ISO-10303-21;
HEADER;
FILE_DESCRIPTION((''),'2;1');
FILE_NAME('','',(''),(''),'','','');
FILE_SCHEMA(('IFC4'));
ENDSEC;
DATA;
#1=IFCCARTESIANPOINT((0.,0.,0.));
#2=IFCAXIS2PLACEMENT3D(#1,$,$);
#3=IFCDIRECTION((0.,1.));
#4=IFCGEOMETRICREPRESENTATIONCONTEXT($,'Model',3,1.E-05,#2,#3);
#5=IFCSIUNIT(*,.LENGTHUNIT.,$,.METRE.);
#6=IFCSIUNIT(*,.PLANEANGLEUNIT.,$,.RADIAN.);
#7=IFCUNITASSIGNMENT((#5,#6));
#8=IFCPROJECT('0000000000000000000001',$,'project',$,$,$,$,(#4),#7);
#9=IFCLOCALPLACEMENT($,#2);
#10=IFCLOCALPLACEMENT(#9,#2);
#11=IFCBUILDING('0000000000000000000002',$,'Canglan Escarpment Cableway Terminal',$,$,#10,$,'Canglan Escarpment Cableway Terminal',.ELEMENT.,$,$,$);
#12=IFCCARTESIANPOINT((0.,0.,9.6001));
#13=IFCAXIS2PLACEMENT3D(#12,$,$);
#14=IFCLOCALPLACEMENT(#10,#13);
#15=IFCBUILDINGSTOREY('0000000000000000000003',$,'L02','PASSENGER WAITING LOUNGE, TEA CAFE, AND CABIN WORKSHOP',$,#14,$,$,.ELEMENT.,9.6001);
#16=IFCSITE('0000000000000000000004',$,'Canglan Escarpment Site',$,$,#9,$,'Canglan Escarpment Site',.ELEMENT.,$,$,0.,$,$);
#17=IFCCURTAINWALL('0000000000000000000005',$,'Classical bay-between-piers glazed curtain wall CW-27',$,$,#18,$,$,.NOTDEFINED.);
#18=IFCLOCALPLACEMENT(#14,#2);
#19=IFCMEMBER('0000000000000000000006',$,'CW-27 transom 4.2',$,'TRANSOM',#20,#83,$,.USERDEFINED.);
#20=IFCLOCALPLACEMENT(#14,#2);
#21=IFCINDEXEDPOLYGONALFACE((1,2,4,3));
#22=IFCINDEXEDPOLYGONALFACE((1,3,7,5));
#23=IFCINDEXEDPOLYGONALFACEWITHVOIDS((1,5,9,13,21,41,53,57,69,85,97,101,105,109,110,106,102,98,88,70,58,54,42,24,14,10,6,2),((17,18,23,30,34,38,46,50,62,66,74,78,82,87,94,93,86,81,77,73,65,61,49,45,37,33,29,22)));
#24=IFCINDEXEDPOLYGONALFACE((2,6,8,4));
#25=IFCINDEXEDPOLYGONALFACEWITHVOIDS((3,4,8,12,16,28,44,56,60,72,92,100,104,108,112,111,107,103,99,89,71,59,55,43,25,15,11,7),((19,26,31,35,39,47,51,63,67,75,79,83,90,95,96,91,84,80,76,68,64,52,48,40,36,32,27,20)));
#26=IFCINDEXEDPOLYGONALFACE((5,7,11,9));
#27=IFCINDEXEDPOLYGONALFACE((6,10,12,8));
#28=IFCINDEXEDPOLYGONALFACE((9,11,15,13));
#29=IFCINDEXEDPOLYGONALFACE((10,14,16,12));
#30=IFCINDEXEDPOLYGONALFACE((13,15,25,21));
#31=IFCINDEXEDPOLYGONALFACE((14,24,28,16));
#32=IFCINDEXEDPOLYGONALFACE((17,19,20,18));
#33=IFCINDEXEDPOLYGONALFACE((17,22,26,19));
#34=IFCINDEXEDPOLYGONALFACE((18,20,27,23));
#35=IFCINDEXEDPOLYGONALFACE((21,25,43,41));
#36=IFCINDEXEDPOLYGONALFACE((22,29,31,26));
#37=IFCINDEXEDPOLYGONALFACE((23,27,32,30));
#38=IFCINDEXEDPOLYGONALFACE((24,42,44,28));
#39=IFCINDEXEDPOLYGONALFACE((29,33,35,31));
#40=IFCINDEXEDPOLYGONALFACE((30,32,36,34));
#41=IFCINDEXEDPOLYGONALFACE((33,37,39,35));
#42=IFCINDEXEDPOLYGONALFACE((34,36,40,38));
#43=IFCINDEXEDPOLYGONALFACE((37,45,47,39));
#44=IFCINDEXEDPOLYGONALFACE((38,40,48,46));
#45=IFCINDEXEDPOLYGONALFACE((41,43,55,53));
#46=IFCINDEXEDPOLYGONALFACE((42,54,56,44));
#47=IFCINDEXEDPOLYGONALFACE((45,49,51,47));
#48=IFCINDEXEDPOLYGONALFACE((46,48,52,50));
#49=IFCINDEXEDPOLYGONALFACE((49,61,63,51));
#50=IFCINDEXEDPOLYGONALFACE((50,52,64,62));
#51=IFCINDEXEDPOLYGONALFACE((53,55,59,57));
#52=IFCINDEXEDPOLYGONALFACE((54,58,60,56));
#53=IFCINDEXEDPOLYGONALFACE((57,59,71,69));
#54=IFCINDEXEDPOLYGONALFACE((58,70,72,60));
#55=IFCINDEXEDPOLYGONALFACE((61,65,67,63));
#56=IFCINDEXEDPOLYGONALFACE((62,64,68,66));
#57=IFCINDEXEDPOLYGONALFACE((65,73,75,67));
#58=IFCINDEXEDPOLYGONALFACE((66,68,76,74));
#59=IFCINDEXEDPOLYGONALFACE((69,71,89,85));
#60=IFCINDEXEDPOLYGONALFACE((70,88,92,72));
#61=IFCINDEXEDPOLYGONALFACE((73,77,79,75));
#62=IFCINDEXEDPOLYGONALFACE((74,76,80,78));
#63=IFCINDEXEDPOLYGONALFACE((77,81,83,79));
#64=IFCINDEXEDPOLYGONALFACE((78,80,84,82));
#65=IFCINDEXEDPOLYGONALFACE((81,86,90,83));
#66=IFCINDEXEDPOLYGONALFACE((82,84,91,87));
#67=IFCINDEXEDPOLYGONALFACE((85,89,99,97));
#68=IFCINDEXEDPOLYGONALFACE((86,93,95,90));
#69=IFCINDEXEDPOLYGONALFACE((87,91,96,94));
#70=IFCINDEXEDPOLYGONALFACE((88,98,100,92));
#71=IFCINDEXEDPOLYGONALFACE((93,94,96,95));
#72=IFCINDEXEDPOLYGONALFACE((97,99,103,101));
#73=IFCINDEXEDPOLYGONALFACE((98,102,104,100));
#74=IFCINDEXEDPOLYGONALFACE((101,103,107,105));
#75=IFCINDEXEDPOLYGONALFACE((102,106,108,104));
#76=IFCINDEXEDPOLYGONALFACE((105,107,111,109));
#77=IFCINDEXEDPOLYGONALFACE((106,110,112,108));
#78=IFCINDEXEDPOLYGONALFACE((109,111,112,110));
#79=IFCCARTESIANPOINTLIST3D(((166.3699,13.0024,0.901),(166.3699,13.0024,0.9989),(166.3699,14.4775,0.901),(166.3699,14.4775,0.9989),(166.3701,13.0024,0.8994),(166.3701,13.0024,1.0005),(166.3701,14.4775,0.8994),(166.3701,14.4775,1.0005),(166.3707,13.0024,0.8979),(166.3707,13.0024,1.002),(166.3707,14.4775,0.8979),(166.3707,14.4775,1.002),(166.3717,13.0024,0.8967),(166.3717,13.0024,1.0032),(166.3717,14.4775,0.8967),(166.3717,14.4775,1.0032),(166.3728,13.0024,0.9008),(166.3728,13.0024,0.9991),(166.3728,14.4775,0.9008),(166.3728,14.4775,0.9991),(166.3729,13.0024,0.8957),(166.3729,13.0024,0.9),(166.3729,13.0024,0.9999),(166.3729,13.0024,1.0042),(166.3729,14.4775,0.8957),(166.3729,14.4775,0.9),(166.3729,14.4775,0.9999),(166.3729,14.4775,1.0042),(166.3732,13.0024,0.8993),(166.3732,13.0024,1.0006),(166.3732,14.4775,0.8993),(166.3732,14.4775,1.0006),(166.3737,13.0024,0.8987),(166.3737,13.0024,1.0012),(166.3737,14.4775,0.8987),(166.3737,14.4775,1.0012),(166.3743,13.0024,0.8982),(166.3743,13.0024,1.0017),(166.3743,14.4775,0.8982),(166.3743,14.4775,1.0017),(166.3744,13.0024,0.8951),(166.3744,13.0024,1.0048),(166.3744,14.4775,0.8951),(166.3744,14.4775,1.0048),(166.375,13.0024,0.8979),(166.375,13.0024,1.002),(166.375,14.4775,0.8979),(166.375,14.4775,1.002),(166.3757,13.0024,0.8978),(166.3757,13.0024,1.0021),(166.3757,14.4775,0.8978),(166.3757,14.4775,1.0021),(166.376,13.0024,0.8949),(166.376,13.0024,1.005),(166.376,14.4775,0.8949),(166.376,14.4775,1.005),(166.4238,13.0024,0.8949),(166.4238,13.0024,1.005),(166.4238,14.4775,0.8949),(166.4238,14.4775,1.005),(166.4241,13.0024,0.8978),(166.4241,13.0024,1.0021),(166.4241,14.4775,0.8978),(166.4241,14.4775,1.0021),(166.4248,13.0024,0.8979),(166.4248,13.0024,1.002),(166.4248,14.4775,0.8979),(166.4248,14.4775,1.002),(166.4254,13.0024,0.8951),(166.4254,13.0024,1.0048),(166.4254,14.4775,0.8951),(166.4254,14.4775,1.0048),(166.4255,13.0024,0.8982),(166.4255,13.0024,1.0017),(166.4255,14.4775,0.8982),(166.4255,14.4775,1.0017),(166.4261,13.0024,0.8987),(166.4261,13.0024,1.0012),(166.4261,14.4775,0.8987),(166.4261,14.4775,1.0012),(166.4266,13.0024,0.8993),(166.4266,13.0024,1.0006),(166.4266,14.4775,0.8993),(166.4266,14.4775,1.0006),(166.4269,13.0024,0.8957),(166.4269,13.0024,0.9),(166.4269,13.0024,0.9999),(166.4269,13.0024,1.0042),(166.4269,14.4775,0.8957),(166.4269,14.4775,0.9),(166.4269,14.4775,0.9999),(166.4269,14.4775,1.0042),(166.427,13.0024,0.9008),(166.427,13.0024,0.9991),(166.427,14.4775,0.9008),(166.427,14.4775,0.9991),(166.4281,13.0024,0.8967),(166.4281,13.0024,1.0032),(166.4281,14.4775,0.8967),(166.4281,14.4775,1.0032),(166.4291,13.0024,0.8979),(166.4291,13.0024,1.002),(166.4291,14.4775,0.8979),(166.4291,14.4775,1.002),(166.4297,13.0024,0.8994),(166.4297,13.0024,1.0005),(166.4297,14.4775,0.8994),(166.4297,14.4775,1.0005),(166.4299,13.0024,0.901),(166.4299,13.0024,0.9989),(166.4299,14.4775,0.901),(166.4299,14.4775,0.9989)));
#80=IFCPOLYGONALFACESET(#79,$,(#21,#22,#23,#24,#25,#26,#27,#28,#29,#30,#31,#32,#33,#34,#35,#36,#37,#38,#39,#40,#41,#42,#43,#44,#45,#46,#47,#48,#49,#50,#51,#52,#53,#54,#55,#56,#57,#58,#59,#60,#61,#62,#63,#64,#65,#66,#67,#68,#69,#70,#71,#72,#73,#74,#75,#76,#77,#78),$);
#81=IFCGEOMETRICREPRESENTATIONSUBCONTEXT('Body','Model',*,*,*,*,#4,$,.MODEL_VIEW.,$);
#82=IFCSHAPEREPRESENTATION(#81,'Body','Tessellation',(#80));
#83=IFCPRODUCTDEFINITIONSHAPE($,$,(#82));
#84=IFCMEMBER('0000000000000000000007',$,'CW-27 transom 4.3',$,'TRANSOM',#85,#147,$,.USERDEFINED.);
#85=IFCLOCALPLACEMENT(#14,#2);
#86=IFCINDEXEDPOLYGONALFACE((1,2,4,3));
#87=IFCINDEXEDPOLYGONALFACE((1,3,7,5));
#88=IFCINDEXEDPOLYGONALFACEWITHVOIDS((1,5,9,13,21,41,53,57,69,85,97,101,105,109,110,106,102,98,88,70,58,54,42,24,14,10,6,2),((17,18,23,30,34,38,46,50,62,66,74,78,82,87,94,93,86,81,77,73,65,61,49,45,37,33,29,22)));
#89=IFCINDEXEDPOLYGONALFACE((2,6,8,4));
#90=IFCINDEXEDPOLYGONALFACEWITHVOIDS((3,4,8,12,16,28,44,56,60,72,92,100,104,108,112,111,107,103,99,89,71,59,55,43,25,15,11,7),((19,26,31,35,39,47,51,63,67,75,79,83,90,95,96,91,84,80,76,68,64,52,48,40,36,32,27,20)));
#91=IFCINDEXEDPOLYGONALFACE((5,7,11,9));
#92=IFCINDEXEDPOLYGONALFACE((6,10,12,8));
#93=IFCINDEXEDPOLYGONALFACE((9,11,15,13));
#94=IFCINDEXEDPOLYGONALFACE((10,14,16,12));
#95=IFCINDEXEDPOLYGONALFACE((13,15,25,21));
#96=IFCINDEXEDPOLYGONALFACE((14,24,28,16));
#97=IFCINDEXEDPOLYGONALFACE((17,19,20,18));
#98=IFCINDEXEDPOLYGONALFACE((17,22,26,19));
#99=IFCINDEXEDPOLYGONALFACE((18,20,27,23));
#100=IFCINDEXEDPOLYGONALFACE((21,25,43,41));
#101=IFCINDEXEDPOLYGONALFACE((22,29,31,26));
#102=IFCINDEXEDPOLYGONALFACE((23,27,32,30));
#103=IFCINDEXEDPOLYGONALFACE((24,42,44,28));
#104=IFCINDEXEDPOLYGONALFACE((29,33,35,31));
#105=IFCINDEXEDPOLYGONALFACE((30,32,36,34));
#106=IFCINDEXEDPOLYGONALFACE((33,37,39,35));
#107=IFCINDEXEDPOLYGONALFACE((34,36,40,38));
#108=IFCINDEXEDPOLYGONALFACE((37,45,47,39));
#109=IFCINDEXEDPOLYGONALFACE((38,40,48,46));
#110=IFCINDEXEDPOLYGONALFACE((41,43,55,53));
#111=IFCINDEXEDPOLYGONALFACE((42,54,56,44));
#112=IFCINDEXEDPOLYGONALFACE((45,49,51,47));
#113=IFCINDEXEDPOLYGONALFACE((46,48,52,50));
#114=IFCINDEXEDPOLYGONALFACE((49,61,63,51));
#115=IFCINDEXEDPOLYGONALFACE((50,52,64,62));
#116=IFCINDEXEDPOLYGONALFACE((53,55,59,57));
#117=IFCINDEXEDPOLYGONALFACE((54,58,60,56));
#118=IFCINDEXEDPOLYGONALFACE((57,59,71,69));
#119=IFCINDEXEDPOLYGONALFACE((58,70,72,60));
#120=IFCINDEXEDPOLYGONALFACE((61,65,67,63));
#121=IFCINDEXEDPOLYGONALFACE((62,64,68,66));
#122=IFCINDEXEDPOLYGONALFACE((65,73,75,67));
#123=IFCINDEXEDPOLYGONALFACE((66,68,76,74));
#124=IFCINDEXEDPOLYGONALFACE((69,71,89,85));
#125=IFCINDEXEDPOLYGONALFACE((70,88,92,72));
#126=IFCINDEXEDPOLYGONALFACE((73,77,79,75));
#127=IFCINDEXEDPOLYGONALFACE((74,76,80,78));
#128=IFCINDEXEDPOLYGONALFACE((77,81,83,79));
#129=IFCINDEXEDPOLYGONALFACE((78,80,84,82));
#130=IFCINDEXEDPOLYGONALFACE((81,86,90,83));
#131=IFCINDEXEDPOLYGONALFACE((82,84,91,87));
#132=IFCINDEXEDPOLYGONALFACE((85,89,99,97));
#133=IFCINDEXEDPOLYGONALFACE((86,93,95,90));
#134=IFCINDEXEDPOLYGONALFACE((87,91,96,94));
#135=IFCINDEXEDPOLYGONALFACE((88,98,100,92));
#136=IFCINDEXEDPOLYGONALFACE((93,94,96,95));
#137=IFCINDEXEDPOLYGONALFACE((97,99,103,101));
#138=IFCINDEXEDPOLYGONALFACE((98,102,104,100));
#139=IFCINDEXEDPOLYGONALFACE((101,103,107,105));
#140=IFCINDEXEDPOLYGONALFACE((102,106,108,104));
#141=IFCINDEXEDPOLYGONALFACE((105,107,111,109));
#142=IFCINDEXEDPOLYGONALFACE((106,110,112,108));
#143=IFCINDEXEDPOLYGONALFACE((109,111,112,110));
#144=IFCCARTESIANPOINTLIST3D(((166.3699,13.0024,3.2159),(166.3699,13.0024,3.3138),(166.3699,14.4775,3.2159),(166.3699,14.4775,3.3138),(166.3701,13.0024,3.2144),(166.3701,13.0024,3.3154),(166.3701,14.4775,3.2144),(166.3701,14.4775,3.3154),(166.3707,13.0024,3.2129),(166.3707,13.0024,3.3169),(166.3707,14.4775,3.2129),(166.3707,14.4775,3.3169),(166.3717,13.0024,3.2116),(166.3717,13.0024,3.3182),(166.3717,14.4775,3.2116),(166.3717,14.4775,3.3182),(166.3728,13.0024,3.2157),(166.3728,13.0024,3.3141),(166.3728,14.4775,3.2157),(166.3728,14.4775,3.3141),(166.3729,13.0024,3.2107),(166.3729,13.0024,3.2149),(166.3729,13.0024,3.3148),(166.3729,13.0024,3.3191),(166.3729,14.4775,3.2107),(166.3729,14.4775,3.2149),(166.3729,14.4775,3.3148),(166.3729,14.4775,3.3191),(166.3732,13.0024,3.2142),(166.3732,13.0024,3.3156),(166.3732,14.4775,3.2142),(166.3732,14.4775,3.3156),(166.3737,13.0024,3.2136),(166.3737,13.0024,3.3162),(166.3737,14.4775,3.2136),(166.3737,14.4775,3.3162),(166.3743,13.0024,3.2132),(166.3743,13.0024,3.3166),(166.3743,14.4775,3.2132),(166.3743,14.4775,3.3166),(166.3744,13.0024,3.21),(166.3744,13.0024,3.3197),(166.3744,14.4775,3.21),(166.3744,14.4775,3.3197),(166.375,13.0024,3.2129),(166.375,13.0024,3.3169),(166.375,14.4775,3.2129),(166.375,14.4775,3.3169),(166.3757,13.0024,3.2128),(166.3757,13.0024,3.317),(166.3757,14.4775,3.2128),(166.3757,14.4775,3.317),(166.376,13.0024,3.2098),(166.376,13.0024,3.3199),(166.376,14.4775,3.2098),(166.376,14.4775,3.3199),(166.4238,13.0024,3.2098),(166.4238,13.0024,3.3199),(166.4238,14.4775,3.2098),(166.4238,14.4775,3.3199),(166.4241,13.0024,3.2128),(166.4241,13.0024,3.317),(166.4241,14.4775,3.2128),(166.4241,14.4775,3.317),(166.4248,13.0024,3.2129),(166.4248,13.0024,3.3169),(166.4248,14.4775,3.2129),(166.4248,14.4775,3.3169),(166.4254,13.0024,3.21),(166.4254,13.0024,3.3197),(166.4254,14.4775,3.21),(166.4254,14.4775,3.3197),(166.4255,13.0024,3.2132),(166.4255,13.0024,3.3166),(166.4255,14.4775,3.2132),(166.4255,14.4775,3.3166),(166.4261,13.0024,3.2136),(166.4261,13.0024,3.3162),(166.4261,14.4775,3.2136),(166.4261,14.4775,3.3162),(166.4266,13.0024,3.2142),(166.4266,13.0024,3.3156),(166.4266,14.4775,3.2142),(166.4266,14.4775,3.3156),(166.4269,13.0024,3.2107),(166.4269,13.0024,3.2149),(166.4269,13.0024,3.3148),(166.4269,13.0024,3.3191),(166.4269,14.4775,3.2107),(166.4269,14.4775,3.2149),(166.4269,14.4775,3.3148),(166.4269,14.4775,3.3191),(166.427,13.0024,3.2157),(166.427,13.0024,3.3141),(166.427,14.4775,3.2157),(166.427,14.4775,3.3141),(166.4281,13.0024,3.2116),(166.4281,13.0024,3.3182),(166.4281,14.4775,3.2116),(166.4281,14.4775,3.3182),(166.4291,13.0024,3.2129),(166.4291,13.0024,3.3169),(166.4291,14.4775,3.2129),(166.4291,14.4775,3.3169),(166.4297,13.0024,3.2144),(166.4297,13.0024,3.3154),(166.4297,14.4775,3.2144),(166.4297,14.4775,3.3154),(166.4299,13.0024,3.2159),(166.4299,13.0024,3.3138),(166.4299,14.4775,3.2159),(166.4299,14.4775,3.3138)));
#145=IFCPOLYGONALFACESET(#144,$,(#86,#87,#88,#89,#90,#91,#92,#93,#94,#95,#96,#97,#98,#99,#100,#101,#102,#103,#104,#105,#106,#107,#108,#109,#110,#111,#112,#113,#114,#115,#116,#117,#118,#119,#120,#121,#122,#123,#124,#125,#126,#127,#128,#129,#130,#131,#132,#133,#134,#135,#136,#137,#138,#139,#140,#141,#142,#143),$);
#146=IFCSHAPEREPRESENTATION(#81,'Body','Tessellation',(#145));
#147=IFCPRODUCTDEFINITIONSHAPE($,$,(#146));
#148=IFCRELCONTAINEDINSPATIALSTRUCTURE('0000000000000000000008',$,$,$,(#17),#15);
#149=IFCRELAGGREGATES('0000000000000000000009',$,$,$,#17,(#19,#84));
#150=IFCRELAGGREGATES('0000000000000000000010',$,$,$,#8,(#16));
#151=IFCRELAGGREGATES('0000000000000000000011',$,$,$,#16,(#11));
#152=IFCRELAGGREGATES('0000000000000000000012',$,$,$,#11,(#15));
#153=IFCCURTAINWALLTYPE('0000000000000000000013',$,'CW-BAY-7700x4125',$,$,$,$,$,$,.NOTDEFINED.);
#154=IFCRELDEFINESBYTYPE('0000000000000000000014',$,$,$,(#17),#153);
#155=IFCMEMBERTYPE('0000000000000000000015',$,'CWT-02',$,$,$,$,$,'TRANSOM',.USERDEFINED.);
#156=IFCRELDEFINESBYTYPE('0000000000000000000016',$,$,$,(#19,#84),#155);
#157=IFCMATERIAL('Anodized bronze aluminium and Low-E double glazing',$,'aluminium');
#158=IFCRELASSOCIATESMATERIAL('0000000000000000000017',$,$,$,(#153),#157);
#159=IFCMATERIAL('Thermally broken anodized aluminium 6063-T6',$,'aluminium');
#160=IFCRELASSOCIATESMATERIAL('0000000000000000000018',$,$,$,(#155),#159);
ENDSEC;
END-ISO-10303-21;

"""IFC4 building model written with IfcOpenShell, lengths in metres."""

from ifc_helpers import new_model, si_unit, direction, frame, origin, origin_2d, place, context, subcontext, project, spatial, hollow_rectangle, extrude, material, material_profile, profile_set, type_object, element, aggregate, save


model = new_model("IFC4")

# Units and contexts
model_context = context("Model", 3, precision=1e-05, world=origin(), true_north=direction((0.0, 1.0)))
body_context = subcontext(model_context, "Body", "Model", "MODEL_VIEW")
ifc_project = project(units=[si_unit("LENGTHUNIT", "METRE"), si_unit("PLANEANGLEUNIT", "RADIAN")], contexts=[model_context])

# Site, building, storey
site_placement = place(None, origin())
site = spatial("IfcSite", under=ifc_project, at=site_placement, Name="Canglan Escarpment Site", LongName="Canglan Escarpment Site", CompositionType="ELEMENT", RefElevation=0.0)
building_placement = place(site_placement, origin())
building = spatial("IfcBuilding", under=site, at=building_placement, Name="Canglan Escarpment Cableway Terminal", LongName="Canglan Escarpment Cableway Terminal", CompositionType="ELEMENT")
storey_placement = place(building_placement, frame((0.0, 0.0, 9.6001)))
storey = spatial("IfcBuildingStorey", under=building, at=storey_placement, Name="L02", Description="PASSENGER WAITING LOUNGE, TEA CAFE, AND CABIN WORKSHOP", CompositionType="ELEMENT", Elevation=9.6001)

# Curtain wall, members
ifc_material_1 = material(Name="Anodized bronze aluminium and Low-E double glazing", Category="aluminium")
curtain_wall_type = type_object("IfcCurtainWallType", Name="CW-BAY-7700x4125", PredefinedType="NOTDEFINED", material=ifc_material_1)
curtain_wall_placement = place(storey_placement, origin())
curtain_wall = element("IfcCurtainWall", 1, at=curtain_wall_placement, inside=storey, type_object=curtain_wall_type, Name="Classical bay-between-piers glazed curtain wall CW-27", PredefinedType="NOTDEFINED")
ifc_material_2 = material(Name="Thermally broken anodized aluminium 6063-T6", Category="aluminium")
ifc_material_profile_1 = material_profile(ifc_material_2, hollow_rectangle(XDim=0.0601, YDim=0.1101, WallThickness=0.0029, InnerFilletRadius=0.0029, OuterFilletRadius=0.0061, at=origin_2d()), Name="ALU-TRAN 60x110x3")
ifc_profile_set_1 = profile_set([ifc_material_profile_1], Name="Thermally broken anodized aluminium 6063-T6")
member_type_1 = type_object("IfcMemberType", Name="CWT-02", ElementType="TRANSOM", PredefinedType="USERDEFINED", material=ifc_profile_set_1)
member_1_placement = place(storey_placement, frame((166.3999, 13.0024, 0.95), z_axis=(0.0, 1.0, 0.0), x_axis=(-1.0, 0.0, 0.0)))
member_1 = element("IfcMember", 2, at=member_1_placement, type_object=member_type_1, Name="CW-27 transom 4.2", ObjectType="TRANSOM", PredefinedType="USERDEFINED", context=body_context, shape_type="SweptSolid", body=[
    extrude(hollow_rectangle(XDim=0.0601, YDim=0.1101, WallThickness=0.0029, InnerFilletRadius=0.0029, OuterFilletRadius=0.0061, at=origin_2d()), origin(), (0.0, 0.0, 1.0), 1.4751),
])
member_2_placement = place(storey_placement, frame((166.3999, 13.0024, 3.2649), z_axis=(0.0, 1.0, 0.0), x_axis=(-1.0, 0.0, 0.0)))
member_2 = element("IfcMember", 3, at=member_2_placement, type_object=member_type_1, Name="CW-27 transom 4.3", ObjectType="TRANSOM", PredefinedType="USERDEFINED", context=body_context, shape_type="SweptSolid", body=[
    extrude(hollow_rectangle(XDim=0.0601, YDim=0.1101, WallThickness=0.0029, InnerFilletRadius=0.0029, OuterFilletRadius=0.0061, at=origin_2d()), origin(), (0.0, 0.0, 1.0), 1.4751),
])

aggregate(curtain_wall, [member_1, member_2])

save(model, "model.ifc")
